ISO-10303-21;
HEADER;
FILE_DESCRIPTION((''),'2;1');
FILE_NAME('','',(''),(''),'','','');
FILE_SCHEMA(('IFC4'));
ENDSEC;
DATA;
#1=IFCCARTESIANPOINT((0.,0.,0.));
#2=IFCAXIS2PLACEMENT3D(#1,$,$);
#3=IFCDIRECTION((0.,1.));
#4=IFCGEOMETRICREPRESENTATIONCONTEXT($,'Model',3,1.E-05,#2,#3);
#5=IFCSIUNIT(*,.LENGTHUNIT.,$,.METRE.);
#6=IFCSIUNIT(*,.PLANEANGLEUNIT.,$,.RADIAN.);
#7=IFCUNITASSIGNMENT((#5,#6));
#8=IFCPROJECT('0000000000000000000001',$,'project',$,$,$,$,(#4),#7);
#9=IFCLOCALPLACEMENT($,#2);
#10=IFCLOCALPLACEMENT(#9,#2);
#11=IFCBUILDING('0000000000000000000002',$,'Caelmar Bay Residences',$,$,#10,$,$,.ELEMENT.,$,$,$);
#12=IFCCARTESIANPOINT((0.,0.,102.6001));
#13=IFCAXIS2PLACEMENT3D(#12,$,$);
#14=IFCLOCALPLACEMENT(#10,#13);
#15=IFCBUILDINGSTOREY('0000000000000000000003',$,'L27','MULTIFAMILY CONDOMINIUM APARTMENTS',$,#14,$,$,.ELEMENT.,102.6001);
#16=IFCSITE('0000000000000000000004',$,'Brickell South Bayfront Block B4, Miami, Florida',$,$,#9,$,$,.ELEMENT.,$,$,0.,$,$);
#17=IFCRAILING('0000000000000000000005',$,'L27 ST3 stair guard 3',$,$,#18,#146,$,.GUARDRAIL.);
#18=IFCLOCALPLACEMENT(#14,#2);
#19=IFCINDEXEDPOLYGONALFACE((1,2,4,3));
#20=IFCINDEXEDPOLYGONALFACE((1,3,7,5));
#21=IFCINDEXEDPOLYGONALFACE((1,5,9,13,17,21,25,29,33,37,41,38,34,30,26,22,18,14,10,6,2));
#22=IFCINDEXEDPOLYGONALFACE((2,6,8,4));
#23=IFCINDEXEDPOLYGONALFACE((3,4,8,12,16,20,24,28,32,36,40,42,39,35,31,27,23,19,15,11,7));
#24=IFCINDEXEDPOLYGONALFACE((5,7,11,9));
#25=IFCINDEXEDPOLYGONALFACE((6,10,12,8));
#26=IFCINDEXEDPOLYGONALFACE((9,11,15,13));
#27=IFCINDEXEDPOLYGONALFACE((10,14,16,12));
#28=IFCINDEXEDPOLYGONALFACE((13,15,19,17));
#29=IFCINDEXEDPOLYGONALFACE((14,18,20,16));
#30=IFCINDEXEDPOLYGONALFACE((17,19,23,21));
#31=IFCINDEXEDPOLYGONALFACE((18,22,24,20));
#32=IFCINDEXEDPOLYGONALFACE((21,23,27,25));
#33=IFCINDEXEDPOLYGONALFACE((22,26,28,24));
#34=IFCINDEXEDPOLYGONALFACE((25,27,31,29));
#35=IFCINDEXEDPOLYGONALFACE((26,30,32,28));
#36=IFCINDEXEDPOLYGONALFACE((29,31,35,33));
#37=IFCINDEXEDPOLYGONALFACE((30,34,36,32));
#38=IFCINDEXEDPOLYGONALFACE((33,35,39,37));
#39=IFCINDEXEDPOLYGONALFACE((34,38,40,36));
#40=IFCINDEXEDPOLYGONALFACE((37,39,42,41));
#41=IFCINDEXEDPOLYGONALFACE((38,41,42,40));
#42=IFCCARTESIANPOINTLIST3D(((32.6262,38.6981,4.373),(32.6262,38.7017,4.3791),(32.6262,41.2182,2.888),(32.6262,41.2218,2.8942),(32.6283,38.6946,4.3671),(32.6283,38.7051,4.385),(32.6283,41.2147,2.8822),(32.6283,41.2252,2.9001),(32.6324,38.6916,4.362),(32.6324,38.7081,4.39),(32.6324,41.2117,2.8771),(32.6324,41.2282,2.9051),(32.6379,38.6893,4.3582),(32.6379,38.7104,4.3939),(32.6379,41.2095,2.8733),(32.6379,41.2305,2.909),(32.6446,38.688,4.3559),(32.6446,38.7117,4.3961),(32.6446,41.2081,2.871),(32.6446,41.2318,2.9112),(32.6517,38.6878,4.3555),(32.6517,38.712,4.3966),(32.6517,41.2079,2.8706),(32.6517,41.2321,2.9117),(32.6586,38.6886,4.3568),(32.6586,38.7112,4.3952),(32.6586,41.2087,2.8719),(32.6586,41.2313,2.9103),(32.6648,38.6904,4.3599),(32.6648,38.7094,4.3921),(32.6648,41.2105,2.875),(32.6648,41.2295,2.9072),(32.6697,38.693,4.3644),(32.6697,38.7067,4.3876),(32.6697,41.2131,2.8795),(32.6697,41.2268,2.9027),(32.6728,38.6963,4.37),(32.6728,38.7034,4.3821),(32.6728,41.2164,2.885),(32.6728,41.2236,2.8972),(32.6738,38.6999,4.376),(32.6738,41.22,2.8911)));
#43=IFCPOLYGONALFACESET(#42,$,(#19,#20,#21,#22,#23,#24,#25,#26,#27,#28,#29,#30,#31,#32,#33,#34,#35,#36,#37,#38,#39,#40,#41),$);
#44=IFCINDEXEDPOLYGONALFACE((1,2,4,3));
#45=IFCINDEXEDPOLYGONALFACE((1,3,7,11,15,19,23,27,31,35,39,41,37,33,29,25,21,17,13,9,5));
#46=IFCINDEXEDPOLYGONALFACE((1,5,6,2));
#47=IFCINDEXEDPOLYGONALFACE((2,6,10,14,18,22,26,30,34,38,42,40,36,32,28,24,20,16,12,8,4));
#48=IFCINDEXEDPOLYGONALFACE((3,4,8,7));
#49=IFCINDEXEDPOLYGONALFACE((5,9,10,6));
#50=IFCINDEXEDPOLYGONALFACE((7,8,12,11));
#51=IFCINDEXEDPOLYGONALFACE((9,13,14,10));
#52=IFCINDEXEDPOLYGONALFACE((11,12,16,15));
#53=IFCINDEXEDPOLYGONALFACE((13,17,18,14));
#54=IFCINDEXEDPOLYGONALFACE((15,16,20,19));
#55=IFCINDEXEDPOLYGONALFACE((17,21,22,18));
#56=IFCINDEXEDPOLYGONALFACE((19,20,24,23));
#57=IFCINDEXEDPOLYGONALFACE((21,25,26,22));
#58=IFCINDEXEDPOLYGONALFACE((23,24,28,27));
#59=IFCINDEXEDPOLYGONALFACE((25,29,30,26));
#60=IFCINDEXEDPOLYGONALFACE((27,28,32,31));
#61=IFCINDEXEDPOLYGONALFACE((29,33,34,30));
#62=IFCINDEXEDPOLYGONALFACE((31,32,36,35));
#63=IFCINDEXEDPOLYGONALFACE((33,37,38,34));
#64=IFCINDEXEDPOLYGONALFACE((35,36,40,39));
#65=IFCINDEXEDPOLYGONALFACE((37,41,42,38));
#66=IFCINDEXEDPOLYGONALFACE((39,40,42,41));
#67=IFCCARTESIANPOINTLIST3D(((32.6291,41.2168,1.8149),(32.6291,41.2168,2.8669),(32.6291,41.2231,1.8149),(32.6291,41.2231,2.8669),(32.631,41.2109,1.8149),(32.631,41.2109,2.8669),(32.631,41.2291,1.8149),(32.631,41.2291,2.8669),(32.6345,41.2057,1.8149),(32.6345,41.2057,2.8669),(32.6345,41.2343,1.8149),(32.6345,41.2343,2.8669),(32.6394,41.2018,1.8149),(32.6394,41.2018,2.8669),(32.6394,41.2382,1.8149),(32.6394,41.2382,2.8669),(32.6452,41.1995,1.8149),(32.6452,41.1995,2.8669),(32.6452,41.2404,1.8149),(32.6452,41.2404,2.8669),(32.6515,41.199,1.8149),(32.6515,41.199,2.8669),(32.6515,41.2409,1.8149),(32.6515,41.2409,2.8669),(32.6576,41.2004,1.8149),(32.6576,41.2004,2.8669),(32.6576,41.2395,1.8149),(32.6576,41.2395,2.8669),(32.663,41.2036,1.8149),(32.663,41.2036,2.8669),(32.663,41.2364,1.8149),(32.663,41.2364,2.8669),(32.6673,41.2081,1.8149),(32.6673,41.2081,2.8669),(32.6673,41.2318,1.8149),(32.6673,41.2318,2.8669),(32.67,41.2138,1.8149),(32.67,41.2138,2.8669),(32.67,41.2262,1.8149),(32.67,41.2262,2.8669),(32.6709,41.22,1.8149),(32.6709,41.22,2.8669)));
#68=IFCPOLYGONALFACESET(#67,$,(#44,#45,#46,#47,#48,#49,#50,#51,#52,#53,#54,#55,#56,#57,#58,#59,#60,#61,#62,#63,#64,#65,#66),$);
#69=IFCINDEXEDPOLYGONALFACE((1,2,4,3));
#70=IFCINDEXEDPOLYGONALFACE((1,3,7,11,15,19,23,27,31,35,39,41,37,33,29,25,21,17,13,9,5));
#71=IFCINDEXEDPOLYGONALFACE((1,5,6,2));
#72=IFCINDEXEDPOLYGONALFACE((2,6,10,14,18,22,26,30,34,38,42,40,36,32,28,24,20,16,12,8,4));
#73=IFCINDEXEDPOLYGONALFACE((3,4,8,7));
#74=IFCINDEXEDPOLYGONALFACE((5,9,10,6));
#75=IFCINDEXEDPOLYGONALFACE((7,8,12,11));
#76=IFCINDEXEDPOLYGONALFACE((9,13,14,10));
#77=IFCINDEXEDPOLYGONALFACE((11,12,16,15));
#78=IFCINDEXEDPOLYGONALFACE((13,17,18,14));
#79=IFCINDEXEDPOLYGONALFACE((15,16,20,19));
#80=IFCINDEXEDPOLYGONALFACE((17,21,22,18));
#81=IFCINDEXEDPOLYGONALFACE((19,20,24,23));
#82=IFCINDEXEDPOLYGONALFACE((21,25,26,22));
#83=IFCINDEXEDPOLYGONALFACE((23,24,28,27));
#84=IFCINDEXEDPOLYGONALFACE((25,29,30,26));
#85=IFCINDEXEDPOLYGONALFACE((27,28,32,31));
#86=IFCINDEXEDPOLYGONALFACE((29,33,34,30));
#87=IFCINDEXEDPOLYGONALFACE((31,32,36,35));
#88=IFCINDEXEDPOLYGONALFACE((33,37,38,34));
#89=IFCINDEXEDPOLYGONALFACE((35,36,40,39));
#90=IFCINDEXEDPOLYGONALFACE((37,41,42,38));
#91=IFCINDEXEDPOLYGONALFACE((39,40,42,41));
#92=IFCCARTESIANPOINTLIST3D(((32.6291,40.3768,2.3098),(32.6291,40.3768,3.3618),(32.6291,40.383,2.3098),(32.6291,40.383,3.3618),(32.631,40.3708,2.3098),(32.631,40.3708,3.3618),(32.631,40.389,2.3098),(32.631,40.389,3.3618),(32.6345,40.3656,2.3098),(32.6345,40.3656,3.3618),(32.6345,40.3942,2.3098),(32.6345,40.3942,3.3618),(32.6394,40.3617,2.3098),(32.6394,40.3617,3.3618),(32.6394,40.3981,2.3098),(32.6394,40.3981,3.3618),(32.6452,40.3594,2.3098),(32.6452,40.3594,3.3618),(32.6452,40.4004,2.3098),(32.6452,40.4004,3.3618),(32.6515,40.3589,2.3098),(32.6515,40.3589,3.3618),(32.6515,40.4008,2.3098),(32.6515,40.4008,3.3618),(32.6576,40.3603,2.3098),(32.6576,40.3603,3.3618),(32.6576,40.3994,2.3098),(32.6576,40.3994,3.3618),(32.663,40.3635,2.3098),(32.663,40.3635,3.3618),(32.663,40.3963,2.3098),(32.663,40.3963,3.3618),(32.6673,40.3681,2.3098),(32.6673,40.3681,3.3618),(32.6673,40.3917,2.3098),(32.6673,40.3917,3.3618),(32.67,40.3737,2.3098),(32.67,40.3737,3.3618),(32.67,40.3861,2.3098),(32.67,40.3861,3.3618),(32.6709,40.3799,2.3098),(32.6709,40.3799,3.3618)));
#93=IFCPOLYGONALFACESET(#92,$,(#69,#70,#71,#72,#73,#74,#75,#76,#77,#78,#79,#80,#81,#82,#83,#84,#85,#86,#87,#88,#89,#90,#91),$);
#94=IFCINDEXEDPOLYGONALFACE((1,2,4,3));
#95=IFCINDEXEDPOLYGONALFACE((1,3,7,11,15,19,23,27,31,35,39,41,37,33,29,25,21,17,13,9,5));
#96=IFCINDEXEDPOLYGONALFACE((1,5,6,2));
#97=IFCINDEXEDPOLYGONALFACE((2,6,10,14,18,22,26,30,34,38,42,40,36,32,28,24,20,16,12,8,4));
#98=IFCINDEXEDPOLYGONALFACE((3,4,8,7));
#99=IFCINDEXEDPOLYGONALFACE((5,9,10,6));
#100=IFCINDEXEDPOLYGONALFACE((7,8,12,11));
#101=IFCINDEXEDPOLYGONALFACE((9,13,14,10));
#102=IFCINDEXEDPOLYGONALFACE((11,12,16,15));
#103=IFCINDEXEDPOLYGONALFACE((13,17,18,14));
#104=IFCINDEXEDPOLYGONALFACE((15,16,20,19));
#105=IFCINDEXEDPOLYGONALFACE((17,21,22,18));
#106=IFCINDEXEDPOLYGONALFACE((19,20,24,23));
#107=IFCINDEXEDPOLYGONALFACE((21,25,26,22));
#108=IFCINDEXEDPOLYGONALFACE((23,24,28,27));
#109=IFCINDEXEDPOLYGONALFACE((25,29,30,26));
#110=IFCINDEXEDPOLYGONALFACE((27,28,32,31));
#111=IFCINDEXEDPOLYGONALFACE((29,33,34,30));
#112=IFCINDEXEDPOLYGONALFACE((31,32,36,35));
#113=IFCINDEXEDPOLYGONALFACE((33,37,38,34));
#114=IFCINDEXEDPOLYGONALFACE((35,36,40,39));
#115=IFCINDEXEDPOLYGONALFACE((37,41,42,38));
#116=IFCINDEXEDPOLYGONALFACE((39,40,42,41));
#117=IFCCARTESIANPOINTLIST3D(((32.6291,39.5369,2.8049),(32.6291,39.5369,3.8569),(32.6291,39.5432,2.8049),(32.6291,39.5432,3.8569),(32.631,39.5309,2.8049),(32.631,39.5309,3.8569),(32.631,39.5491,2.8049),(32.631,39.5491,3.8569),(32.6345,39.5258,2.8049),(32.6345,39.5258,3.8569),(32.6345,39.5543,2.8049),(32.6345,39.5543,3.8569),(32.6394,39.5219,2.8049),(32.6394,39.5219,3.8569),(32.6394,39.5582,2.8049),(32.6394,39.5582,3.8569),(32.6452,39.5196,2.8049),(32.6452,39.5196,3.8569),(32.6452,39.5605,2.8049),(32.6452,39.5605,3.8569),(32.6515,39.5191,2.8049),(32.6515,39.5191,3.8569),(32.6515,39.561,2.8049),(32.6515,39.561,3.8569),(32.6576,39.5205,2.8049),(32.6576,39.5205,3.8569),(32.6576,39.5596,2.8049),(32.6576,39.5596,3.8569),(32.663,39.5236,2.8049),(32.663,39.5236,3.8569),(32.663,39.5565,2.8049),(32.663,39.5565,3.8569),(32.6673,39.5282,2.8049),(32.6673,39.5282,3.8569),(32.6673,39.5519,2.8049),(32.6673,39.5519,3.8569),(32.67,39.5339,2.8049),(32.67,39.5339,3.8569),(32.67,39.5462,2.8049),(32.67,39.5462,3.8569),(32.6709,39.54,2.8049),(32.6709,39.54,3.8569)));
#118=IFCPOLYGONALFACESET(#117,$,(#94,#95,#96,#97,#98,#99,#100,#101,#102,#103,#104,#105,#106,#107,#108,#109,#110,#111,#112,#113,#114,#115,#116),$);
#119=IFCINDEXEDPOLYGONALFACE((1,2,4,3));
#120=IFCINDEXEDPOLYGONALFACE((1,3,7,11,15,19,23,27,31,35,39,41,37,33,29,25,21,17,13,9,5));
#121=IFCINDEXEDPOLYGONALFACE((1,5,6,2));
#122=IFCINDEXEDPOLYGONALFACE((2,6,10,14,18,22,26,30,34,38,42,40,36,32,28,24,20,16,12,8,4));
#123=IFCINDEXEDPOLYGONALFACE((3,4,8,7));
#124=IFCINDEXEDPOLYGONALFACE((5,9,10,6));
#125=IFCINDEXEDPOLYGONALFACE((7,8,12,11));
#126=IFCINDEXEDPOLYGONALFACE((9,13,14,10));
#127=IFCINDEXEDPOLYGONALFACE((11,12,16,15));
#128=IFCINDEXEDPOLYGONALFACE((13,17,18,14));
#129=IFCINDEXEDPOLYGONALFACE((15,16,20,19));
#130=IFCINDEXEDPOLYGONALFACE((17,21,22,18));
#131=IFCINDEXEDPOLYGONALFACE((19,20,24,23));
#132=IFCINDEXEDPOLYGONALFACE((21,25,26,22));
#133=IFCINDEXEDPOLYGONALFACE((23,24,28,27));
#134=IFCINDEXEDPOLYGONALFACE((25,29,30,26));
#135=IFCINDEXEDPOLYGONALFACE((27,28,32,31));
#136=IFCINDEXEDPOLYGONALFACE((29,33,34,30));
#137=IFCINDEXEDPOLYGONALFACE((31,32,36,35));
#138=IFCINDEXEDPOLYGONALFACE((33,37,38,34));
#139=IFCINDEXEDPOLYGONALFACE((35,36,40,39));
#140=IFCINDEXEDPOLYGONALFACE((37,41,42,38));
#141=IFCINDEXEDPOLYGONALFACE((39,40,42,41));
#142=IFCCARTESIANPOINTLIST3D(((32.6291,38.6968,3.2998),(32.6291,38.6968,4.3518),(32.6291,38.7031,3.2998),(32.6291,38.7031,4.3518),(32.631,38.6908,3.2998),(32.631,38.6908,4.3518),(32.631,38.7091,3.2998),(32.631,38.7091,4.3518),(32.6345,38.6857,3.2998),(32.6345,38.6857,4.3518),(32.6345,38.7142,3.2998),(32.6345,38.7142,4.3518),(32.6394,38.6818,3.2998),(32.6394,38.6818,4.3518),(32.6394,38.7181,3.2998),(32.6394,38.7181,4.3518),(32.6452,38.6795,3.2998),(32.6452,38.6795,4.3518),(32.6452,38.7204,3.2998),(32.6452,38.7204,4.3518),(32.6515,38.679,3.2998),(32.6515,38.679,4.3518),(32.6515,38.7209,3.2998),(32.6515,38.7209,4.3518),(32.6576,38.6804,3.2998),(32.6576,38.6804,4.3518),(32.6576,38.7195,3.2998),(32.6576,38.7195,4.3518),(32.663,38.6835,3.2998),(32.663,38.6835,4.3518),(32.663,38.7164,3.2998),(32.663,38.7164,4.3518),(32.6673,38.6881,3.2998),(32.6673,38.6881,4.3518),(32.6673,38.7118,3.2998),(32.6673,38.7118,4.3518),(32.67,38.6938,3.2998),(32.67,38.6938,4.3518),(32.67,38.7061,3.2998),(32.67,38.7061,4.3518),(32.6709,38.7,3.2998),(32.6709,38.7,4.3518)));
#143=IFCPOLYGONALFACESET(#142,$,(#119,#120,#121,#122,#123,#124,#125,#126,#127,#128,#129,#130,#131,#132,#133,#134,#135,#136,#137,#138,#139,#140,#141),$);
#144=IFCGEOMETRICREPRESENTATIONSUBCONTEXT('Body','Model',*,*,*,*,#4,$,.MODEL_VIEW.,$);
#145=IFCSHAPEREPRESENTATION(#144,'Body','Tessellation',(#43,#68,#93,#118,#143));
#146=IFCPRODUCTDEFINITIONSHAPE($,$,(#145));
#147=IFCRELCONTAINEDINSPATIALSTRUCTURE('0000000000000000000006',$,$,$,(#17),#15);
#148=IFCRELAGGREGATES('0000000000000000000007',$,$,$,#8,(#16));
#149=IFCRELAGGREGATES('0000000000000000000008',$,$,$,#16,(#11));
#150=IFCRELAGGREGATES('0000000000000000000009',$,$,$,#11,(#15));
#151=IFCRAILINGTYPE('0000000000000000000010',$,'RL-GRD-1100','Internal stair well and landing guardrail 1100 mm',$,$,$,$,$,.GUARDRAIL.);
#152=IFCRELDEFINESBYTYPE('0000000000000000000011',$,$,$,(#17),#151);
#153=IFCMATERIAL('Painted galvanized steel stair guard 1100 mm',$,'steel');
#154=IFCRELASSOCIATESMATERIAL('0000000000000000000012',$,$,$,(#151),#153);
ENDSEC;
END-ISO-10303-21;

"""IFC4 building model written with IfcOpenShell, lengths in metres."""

from ifc_helpers import new_model, si_unit, direction, frame, origin, origin_2d, place, context, subcontext, project, spatial, circle, extrude, material, type_object, element, save


model = new_model("IFC4")

# Units and contexts
model_context = context("Model", 3, precision=1e-05, world=origin(), true_north=direction((0.0, 1.0)))
body_context = subcontext(model_context, "Body", "Model", "MODEL_VIEW")
ifc_project = project(units=[si_unit("LENGTHUNIT", "METRE"), si_unit("PLANEANGLEUNIT", "RADIAN")], contexts=[model_context])

# Site, building, storey
site_placement = place(None, origin())
site = spatial("IfcSite", under=ifc_project, at=site_placement, Name="Brickell South Bayfront Block B4, Miami, Florida", CompositionType="ELEMENT", RefElevation=0.0)
building_placement = place(site_placement, origin())
building = spatial("IfcBuilding", under=site, at=building_placement, Name="Caelmar Bay Residences", CompositionType="ELEMENT")
storey_placement = place(building_placement, frame((0.0, 0.0, 102.6001)))
storey = spatial("IfcBuildingStorey", under=building, at=storey_placement, Name="L27", Description="MULTIFAMILY CONDOMINIUM APARTMENTS", CompositionType="ELEMENT", Elevation=102.6001)

# Railing
ifc_material_1 = material(Name="Painted galvanized steel stair guard 1100 mm", Category="steel")
railing_type_1 = type_object("IfcRailingType", Name="RL-GRD-1100", Description="Internal stair well and landing guardrail 1100 mm", PredefinedType="GUARDRAIL", material=ifc_material_1)
railing_1_placement = place(storey_placement, frame((32.6499, 41.22, 1.8149)))
element("IfcRailing", 1, at=railing_1_placement, inside=storey, type_object=railing_type_1, Name="L27 ST3 stair guard 3", PredefinedType="GUARDRAIL", context=body_context, shape_type="SweptSolid", body=[
    extrude(circle(Radius=0.0239, at=origin_2d()), frame((0.0, 0.0, 1.0762), z_axis=(0.0, -0.861561, 0.507655), x_axis=(1.0, 0.0, 0.0)), (0.0, 0.0, 1.0), 2.925),
    extrude(circle(Radius=0.021, at=origin_2d()), origin(), (0.0, 0.0, 1.0), 1.052),
    extrude(circle(Radius=0.021, at=origin_2d()), frame((0.0, -0.8401, 0.4949)), (0.0, 0.0, 1.0), 1.052),
    extrude(circle(Radius=0.021, at=origin_2d()), frame((0.0, -1.6799, 0.99)), (0.0, 0.0, 1.0), 1.052),
    extrude(circle(Radius=0.021, at=origin_2d()), frame((0.0, -2.52, 1.4849)), (0.0, 0.0, 1.0), 1.052),
])

save(model, "model.ifc")
